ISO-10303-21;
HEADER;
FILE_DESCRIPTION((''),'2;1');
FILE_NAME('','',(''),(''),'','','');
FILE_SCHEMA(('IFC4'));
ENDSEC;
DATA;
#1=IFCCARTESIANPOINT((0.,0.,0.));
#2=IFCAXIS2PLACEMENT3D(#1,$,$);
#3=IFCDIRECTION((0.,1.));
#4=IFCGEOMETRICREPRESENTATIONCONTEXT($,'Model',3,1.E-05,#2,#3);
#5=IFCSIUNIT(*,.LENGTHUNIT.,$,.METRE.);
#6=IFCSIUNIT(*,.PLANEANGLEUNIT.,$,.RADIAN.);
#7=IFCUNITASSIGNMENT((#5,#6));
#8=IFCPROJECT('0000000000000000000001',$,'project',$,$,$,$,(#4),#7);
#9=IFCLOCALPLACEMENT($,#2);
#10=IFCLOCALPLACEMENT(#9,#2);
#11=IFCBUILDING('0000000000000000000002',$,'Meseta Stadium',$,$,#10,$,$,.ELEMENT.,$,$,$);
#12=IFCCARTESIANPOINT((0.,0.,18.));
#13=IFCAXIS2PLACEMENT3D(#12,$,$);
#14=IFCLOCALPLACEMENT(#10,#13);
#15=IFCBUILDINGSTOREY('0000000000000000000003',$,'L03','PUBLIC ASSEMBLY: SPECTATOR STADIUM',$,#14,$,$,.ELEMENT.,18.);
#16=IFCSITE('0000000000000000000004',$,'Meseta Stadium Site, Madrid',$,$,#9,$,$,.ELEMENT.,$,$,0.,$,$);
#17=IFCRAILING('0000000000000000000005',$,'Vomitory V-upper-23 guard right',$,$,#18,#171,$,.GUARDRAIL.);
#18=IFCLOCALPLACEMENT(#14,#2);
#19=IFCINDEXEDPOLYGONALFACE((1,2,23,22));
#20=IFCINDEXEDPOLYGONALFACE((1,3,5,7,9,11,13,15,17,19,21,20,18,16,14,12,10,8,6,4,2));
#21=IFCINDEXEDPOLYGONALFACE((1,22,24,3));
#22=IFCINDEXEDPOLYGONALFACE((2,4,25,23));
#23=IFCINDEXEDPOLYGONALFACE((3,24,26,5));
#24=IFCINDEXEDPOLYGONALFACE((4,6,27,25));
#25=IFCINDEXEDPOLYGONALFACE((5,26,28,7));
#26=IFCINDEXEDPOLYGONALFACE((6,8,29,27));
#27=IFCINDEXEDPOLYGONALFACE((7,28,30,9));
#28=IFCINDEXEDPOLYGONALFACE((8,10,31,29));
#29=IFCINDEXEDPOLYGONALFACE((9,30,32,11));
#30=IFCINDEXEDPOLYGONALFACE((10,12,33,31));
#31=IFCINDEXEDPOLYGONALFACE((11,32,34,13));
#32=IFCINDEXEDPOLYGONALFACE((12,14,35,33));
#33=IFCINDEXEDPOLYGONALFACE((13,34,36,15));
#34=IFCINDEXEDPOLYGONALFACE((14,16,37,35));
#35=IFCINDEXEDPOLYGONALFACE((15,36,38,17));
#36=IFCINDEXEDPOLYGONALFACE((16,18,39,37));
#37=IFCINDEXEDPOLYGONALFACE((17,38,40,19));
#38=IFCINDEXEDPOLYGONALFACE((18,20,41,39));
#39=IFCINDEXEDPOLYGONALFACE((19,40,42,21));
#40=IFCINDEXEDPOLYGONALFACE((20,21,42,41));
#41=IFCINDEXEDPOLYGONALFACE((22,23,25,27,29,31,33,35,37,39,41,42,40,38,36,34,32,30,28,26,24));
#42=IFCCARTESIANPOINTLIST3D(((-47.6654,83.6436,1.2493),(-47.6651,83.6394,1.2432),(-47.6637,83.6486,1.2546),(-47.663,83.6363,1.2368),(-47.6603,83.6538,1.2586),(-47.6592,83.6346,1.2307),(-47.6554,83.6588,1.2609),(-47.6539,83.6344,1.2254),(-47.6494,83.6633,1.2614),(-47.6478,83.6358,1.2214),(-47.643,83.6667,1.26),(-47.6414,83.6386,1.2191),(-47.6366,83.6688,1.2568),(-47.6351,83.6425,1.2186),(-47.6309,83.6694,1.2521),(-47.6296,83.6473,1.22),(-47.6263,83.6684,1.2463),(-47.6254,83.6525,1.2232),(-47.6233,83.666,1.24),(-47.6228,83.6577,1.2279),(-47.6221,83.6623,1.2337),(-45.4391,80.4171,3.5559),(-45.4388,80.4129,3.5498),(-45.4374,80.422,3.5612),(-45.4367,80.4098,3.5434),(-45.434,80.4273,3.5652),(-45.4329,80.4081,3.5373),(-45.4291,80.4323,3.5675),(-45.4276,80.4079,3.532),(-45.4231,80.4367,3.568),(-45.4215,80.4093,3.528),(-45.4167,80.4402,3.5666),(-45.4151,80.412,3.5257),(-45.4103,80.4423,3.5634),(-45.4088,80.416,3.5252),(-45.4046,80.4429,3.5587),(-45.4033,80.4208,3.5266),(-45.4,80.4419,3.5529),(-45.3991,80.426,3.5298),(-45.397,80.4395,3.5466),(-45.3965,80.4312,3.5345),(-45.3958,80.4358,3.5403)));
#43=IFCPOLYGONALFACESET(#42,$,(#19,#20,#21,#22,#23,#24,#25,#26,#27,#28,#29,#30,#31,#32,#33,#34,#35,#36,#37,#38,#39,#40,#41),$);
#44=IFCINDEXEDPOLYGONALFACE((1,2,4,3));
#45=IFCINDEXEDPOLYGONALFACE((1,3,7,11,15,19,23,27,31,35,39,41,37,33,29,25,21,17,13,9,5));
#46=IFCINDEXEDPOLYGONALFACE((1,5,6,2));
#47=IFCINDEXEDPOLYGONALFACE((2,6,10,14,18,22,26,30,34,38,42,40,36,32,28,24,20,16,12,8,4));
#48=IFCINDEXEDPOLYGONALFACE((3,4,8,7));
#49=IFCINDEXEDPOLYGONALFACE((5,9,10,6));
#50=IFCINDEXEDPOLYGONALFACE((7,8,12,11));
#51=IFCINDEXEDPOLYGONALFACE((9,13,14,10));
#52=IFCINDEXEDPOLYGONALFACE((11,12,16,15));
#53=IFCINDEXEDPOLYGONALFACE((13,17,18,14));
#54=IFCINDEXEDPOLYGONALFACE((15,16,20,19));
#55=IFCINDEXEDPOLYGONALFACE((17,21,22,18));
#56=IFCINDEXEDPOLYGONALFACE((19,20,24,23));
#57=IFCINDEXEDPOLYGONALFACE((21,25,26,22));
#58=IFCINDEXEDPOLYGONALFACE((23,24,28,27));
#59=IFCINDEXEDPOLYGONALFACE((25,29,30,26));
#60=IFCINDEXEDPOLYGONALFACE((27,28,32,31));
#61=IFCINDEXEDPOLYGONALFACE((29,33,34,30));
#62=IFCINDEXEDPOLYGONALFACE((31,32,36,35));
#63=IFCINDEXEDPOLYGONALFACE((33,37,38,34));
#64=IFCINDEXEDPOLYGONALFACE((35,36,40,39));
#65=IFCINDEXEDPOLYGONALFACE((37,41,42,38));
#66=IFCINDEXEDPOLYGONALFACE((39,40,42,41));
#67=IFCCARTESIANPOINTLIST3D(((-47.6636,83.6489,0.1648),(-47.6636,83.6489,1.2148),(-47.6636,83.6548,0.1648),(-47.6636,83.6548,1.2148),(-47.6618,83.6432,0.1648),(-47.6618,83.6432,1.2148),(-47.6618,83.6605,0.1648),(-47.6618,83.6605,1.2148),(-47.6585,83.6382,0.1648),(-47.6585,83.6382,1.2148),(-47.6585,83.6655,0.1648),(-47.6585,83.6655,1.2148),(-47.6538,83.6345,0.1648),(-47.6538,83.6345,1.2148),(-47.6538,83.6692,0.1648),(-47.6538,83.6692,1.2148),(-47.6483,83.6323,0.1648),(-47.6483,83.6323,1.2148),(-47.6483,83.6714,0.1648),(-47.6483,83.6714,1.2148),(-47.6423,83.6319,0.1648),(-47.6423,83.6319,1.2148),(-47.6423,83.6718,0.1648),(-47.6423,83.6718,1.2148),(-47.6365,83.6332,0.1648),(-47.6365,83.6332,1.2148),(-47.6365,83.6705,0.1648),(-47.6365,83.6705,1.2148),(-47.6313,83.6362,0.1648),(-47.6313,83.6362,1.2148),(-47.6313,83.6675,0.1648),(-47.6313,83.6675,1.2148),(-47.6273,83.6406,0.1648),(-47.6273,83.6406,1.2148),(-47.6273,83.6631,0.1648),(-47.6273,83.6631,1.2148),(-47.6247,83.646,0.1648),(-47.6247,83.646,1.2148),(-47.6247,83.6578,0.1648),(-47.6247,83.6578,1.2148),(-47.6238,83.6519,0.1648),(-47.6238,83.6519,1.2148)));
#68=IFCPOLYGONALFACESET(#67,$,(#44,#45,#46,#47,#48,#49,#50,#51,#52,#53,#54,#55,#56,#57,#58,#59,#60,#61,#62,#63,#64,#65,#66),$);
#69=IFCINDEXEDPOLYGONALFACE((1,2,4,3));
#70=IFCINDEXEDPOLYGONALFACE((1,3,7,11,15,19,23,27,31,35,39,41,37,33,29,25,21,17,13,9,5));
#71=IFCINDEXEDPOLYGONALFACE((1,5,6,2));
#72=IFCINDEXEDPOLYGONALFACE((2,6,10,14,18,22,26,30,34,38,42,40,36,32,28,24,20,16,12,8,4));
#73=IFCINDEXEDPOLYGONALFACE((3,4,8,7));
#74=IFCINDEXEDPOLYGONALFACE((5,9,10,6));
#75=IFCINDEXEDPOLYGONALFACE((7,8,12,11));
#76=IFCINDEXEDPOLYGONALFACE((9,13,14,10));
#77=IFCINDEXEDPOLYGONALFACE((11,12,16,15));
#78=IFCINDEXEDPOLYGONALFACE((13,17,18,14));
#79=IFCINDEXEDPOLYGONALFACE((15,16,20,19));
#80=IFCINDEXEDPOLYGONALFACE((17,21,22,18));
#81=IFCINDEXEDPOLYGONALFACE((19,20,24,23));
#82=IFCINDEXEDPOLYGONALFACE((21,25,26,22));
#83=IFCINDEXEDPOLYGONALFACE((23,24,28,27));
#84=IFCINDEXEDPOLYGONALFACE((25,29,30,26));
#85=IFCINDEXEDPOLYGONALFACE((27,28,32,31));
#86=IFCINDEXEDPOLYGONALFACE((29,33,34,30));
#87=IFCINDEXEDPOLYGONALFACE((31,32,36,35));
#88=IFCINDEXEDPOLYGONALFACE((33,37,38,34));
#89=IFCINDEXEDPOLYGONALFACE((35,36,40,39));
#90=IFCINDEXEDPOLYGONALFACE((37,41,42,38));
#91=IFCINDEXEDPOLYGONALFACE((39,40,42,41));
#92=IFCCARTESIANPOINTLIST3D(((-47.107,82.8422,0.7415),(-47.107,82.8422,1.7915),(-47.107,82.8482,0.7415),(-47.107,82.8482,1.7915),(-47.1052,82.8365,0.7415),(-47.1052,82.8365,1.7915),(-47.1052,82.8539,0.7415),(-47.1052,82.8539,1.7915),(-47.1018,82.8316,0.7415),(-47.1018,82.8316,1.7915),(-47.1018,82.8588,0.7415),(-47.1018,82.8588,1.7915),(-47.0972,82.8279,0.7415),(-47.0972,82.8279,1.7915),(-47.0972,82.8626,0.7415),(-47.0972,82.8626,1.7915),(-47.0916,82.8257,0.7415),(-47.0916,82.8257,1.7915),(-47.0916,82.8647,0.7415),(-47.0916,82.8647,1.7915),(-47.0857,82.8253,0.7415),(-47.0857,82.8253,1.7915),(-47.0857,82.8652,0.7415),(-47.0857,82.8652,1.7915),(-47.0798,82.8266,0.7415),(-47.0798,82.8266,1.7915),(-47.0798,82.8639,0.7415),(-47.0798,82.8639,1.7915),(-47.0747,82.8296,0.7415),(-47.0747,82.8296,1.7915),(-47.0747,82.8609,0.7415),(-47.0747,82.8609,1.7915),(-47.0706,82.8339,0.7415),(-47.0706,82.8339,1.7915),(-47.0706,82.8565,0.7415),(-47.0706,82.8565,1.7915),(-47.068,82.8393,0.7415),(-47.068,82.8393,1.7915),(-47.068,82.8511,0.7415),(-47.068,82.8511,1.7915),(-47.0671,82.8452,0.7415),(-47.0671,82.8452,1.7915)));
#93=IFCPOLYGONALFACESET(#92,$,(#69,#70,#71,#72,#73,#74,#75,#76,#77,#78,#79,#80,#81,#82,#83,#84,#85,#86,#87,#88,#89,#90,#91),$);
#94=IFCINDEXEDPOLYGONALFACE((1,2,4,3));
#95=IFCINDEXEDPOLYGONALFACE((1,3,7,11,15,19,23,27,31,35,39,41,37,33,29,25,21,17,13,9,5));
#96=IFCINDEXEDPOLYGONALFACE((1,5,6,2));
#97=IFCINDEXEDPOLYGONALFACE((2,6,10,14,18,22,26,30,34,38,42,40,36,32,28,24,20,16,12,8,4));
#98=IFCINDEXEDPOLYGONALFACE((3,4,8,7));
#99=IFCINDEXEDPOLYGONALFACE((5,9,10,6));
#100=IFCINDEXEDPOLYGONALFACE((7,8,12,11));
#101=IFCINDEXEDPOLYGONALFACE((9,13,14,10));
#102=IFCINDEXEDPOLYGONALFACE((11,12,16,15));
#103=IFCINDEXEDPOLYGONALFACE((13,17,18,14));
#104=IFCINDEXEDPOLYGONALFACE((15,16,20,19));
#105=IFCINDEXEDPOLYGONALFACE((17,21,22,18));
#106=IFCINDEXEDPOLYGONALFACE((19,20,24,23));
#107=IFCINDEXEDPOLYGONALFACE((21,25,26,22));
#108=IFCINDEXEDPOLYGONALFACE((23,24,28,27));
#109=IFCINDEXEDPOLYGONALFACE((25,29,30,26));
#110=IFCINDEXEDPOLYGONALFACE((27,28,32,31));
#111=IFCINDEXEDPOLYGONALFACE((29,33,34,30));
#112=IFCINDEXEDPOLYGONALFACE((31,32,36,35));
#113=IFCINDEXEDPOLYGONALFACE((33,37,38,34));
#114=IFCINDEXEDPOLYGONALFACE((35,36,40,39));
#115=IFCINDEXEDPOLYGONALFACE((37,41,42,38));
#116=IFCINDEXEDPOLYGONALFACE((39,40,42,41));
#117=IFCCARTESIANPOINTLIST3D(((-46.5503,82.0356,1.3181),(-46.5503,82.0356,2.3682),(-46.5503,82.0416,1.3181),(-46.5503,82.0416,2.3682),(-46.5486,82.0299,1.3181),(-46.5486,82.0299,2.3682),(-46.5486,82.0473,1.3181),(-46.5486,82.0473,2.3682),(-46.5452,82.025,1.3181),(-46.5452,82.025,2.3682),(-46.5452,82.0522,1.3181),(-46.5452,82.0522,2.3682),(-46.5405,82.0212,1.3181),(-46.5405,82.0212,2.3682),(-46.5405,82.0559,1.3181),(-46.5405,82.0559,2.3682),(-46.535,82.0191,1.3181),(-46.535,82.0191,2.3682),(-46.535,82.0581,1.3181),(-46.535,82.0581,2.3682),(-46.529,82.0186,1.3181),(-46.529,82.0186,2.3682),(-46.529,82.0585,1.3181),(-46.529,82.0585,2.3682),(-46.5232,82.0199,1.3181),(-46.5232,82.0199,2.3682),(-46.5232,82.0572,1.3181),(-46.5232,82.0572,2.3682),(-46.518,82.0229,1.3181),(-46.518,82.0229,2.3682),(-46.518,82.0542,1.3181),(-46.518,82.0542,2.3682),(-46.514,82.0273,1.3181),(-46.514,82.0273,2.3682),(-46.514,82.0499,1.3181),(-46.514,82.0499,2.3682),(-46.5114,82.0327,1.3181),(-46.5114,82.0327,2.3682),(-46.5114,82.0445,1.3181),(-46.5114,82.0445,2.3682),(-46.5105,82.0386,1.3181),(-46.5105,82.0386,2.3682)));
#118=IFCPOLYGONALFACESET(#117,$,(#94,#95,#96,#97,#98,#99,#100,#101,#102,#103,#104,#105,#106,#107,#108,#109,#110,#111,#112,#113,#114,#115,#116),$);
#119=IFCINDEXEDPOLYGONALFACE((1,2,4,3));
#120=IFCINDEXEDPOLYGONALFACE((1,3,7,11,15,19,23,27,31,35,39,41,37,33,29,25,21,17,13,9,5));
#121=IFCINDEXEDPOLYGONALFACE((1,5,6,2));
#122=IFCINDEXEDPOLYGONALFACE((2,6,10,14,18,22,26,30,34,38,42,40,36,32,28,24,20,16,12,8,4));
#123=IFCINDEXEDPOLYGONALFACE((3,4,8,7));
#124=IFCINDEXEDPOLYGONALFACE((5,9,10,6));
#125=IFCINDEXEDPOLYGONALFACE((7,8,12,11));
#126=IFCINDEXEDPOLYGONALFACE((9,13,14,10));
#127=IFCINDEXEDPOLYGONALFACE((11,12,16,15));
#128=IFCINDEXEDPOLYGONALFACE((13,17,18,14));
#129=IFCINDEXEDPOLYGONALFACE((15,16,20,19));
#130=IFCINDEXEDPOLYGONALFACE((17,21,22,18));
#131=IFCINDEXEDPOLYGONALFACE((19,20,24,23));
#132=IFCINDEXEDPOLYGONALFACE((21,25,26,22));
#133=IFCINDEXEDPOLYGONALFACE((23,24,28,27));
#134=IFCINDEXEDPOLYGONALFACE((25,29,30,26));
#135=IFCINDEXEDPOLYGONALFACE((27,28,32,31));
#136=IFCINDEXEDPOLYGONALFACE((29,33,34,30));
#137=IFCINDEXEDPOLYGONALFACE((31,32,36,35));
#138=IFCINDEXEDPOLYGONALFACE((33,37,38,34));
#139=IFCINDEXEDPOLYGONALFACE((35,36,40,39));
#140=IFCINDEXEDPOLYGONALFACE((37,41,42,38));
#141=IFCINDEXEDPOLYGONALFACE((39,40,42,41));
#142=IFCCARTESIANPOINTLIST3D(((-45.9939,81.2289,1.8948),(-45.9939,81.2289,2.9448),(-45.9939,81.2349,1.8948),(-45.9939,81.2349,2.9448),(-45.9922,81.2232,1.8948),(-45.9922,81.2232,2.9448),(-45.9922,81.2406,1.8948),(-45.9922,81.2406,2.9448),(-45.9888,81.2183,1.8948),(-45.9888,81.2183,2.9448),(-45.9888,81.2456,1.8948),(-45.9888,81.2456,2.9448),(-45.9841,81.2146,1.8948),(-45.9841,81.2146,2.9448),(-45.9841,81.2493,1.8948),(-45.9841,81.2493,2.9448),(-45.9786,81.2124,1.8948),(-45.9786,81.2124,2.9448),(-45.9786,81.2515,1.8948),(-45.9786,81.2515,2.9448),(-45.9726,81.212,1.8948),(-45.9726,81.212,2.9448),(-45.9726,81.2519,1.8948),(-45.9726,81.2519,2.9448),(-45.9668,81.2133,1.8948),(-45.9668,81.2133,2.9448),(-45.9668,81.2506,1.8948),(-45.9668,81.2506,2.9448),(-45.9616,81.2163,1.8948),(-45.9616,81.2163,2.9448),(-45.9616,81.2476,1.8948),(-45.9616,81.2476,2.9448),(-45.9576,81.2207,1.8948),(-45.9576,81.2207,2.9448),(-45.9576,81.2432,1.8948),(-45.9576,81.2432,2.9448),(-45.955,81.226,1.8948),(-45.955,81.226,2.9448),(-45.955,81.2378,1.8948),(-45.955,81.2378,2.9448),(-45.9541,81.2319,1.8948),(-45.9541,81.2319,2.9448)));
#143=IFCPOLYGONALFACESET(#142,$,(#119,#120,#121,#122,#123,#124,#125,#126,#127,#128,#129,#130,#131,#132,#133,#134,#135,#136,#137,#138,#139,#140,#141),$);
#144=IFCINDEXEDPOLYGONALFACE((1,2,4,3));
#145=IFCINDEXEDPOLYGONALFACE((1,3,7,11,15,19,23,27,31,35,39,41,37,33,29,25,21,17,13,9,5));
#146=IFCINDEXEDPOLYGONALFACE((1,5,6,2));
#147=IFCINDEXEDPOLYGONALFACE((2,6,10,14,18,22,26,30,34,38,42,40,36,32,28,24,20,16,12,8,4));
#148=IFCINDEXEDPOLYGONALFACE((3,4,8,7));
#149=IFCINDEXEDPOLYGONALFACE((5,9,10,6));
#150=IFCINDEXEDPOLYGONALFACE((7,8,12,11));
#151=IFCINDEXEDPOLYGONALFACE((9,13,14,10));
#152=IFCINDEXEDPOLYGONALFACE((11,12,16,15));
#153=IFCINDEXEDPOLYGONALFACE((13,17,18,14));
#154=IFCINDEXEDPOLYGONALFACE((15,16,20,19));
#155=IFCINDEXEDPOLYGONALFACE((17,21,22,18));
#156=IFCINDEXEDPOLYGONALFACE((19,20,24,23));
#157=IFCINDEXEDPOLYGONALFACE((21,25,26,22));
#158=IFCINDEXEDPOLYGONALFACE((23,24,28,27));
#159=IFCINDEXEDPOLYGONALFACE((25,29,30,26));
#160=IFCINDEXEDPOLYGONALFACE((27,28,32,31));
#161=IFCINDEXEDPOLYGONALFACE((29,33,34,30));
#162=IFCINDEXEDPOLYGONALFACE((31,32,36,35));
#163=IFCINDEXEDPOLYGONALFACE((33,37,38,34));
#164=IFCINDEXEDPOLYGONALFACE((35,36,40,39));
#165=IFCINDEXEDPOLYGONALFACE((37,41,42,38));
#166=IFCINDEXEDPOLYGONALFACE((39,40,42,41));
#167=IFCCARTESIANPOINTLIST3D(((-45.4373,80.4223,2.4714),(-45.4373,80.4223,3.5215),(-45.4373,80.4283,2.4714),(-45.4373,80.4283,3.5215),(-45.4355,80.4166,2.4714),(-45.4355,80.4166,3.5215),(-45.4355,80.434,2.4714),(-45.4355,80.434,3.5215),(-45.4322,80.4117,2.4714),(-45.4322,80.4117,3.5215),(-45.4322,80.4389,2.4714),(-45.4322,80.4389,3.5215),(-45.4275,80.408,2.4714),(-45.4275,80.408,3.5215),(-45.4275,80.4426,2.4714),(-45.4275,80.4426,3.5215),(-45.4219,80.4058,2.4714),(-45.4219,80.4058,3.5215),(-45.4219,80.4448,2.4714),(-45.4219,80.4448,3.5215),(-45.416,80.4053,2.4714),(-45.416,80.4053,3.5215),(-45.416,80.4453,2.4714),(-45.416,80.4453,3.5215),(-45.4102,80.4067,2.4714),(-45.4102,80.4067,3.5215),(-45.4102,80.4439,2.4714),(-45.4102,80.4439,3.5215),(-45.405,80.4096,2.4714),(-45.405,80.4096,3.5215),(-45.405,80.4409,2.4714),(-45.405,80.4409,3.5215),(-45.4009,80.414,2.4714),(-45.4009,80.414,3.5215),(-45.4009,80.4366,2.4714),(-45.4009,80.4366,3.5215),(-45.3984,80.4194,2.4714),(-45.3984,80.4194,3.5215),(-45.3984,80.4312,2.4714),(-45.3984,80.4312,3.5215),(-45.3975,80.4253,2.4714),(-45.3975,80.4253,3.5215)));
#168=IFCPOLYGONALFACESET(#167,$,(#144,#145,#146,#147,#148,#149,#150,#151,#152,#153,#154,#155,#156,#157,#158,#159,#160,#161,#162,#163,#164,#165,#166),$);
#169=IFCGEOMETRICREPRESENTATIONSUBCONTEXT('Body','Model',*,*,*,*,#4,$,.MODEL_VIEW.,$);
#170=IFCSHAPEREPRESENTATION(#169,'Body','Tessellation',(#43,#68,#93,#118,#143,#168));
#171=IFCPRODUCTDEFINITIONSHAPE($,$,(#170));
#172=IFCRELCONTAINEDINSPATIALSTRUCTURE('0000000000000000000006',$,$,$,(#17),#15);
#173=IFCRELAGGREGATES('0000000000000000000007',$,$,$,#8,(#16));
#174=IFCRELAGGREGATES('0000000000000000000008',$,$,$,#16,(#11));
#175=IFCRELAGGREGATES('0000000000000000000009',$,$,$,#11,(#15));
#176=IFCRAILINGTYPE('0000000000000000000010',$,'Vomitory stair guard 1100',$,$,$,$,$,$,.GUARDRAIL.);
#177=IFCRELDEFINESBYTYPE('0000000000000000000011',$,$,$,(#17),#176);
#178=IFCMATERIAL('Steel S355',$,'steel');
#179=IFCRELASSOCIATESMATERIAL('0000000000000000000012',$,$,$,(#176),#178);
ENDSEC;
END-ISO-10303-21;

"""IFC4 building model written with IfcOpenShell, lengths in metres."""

from ifc_helpers import new_model, si_unit, direction, frame, origin, origin_2d, place, context, subcontext, project, spatial, circle, extrude, material, type_object, element, save


model = new_model("IFC4")

# Units and contexts
model_context = context("Model", 3, precision=1e-05, world=origin(), true_north=direction((0.0, 1.0)))
body_context = subcontext(model_context, "Body", "Model", "MODEL_VIEW")
ifc_project = project(units=[si_unit("LENGTHUNIT", "METRE"), si_unit("PLANEANGLEUNIT", "RADIAN")], contexts=[model_context])

# Site, building, storey
site_placement = place(None, origin())
site = spatial("IfcSite", under=ifc_project, at=site_placement, Name="Meseta Stadium Site, Madrid", CompositionType="ELEMENT", RefElevation=0.0)
building_placement = place(site_placement, origin())
building = spatial("IfcBuilding", under=site, at=building_placement, Name="Meseta Stadium", CompositionType="ELEMENT")
storey_placement = place(building_placement, frame((0.0, 0.0, 18.0)))
storey = spatial("IfcBuildingStorey", under=building, at=storey_placement, Name="L03", Description="PUBLIC ASSEMBLY: SPECTATOR STADIUM", CompositionType="ELEMENT", Elevation=18.0)

# Railing
ifc_material_1 = material(Name="Steel S355", Category="steel")
railing_type_1 = type_object("IfcRailingType", Name="Vomitory stair guard 1100", PredefinedType="GUARDRAIL", material=ifc_material_1)
for number, where, name in (
    (1, (-47.6438, 83.6519, 0.1648), "Vomitory V-upper-23 guard right"),
):
    element("IfcRailing", number, at=place(storey_placement, frame(where)), inside=storey, type_object=railing_type_1, Name=name, PredefinedType="GUARDRAIL", context=body_context, shape_type="SweptSolid", body=[
        extrude(circle(Radius=0.0249, at=origin_2d()), frame((0.0, 0.0, 1.0752), z_axis=(0.489475, -0.709387, 0.507134), x_axis=(0.823081, 0.567924, 0.0)), (0.0, 0.0, 1.0), 4.5483),
        extrude(circle(Radius=0.02, at=origin_2d()), origin(), (0.0, 0.0, 1.0), 1.05),
        extrude(circle(Radius=0.02, at=origin_2d()), frame((0.5566, -0.8066, 0.5767)), (0.0, 0.0, 1.0), 1.05),
        extrude(circle(Radius=0.02, at=origin_2d()), frame((1.1133, -1.6133, 1.1533)), (0.0, 0.0, 1.0), 1.05),
        extrude(circle(Radius=0.02, at=origin_2d()), frame((1.6697, -2.4199, 1.73)), (0.0, 0.0, 1.0), 1.05),
        extrude(circle(Radius=0.02, at=origin_2d()), frame((2.2263, -3.2266, 2.3066)), (0.0, 0.0, 1.0), 1.05),
    ])

save(model, "model.ifc")
